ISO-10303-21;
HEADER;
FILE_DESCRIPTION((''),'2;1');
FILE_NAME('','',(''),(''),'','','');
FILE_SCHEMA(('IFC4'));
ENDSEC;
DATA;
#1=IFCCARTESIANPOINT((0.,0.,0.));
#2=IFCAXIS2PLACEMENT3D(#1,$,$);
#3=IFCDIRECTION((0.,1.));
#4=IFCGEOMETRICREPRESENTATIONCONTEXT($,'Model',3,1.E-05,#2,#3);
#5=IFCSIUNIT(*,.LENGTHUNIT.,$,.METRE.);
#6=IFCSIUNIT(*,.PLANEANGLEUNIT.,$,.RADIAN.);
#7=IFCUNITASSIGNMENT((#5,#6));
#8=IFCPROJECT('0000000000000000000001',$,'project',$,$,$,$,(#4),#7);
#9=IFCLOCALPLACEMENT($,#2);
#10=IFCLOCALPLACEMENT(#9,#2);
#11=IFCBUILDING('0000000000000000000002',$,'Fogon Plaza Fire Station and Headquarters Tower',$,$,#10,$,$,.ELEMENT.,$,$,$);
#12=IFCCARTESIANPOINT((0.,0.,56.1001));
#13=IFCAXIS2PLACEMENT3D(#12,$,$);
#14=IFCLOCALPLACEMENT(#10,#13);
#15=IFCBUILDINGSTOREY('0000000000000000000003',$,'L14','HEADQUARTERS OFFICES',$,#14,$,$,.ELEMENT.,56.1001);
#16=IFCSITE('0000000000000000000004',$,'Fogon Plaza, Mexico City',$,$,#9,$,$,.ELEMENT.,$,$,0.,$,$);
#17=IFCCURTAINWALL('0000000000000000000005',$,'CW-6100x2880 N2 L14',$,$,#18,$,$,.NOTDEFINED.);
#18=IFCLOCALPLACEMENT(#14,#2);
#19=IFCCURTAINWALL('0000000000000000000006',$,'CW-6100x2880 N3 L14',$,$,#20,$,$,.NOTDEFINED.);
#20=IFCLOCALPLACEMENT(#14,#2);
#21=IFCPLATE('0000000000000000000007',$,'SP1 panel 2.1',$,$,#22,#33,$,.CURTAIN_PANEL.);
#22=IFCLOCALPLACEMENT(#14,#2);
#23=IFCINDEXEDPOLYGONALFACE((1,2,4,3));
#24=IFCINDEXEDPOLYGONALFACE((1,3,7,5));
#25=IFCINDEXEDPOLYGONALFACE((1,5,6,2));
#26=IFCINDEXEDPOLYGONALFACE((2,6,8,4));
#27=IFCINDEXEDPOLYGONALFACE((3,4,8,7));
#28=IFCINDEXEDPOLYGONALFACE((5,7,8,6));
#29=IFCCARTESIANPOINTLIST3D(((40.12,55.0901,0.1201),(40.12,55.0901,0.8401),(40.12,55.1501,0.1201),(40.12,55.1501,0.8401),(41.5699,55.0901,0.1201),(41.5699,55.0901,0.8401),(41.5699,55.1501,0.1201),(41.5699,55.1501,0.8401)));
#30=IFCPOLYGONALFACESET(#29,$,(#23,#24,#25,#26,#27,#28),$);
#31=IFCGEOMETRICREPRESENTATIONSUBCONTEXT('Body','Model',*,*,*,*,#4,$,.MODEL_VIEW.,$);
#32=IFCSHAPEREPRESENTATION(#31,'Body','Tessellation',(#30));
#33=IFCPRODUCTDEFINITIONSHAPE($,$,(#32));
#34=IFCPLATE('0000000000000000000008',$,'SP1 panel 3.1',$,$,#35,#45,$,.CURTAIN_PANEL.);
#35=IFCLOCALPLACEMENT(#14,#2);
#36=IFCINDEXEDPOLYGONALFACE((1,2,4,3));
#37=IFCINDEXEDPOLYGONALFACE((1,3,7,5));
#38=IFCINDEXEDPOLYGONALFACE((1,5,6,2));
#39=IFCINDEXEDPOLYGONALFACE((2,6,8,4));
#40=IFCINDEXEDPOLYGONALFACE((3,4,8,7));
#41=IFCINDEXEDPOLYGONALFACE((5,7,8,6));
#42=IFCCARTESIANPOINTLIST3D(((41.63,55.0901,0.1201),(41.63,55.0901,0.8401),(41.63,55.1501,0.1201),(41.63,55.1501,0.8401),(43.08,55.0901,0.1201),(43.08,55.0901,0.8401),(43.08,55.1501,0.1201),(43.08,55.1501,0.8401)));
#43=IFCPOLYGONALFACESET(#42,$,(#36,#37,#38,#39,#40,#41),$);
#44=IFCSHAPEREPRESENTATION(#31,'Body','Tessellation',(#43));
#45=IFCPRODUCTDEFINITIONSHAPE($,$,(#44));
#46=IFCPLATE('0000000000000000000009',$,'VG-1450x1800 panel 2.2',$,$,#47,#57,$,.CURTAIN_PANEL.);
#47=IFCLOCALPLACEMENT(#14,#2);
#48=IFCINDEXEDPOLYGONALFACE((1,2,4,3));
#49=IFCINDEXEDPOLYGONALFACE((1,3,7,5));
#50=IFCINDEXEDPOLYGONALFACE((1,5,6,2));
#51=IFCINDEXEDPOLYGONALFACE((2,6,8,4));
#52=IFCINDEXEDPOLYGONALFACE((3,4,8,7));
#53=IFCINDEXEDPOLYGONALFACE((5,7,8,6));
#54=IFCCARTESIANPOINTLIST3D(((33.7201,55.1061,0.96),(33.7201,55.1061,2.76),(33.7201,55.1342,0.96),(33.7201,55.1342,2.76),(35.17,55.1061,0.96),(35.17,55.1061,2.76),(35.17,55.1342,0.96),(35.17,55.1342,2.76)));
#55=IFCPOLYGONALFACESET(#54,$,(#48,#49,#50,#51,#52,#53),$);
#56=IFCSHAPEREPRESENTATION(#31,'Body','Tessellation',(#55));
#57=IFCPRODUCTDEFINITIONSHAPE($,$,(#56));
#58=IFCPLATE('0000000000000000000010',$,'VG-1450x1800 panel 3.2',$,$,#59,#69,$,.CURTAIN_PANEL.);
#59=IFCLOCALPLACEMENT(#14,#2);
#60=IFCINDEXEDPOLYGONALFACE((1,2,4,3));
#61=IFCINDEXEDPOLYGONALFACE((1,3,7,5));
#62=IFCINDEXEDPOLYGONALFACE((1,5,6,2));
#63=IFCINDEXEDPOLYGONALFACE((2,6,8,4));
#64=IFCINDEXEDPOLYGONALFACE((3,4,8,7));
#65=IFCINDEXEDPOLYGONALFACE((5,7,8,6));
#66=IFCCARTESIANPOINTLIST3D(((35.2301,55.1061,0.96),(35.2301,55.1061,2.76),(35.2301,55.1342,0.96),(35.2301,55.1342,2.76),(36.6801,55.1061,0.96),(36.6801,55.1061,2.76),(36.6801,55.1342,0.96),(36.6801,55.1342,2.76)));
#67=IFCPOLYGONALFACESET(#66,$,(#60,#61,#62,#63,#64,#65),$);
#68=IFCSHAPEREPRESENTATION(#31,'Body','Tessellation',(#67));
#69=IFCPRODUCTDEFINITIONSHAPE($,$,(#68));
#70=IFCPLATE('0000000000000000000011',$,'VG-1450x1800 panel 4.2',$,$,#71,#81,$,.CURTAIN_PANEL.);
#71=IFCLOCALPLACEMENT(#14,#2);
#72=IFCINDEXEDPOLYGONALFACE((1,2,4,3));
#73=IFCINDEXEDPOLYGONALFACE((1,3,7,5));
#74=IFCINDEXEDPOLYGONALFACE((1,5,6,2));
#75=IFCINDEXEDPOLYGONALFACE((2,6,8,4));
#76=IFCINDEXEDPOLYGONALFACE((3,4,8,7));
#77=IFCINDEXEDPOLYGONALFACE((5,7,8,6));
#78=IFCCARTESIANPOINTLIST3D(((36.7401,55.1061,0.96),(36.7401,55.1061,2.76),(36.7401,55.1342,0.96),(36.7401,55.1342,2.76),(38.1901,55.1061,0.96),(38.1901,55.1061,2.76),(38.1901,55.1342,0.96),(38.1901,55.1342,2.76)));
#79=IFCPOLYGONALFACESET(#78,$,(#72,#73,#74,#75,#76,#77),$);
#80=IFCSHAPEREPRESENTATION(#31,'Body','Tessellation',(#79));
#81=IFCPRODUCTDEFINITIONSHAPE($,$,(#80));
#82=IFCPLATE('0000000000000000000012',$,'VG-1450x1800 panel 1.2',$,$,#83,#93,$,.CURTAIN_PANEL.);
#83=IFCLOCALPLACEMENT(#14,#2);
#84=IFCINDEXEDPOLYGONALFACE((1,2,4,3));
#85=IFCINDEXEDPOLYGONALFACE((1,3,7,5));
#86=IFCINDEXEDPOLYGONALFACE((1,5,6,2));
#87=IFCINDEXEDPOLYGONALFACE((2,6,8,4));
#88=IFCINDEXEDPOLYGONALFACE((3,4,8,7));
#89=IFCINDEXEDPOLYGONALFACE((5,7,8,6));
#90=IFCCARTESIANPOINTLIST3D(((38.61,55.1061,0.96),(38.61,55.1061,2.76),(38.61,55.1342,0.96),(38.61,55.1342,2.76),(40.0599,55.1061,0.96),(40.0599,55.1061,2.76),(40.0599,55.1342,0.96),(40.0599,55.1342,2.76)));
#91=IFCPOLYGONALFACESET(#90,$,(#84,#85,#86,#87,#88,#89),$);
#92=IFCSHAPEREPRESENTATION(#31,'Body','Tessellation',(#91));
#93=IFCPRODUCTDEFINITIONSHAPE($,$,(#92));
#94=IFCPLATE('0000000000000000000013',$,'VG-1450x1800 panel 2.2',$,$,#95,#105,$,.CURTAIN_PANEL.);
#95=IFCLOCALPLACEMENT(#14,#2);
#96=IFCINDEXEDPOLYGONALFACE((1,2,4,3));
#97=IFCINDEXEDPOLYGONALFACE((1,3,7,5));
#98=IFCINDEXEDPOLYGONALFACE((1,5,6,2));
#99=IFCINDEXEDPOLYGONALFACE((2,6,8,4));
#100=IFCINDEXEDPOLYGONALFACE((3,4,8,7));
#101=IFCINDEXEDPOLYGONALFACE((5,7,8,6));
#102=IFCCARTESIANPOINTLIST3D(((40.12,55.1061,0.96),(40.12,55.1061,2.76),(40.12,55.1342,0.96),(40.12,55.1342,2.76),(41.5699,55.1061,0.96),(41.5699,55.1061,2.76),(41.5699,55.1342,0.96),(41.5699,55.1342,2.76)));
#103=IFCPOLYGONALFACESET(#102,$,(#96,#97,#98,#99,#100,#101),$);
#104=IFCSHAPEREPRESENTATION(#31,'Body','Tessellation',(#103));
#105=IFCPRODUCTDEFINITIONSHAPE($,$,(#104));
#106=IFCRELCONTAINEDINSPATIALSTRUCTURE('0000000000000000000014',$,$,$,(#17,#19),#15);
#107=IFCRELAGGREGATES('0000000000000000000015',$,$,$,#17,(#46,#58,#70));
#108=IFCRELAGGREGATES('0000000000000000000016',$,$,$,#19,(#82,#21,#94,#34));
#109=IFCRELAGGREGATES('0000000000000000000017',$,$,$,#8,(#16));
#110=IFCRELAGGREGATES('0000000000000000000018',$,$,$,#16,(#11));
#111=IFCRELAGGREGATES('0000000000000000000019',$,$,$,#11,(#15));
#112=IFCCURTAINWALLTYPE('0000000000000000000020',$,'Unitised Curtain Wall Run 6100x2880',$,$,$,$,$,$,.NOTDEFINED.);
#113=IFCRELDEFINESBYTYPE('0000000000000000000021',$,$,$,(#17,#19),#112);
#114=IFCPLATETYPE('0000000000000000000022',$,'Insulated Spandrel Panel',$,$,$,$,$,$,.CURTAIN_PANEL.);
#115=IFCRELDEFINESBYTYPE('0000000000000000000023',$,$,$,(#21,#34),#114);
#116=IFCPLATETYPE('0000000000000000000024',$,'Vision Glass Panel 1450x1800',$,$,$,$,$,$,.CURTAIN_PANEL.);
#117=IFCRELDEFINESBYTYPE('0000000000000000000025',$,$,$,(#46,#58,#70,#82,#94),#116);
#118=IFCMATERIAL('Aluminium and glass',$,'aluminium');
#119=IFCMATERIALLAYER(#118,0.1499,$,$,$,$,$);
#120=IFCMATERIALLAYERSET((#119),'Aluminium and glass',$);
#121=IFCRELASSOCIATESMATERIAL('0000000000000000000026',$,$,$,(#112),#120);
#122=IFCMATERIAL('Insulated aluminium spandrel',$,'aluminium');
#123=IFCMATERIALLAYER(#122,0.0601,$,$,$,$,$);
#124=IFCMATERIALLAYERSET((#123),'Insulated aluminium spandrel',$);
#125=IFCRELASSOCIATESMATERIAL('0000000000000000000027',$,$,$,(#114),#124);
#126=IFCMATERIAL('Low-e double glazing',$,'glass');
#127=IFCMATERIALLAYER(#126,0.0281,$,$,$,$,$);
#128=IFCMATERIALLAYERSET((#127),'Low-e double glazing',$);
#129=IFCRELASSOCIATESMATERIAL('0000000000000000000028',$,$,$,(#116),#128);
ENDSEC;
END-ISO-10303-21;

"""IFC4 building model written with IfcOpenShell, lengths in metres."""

from ifc_helpers import new_model, si_unit, direction, frame, origin, origin_2d, place, context, subcontext, project, spatial, rectangle, extrude, material, layer, layer_set, type_object, element, aggregate, save


model = new_model("IFC4")

# Units and contexts
model_context = context("Model", 3, precision=1e-05, world=origin(), true_north=direction((0.0, 1.0)))
body_context = subcontext(model_context, "Body", "Model", "MODEL_VIEW")
ifc_project = project(units=[si_unit("LENGTHUNIT", "METRE"), si_unit("PLANEANGLEUNIT", "RADIAN")], contexts=[model_context])

# Site, building, storey
site_placement = place(None, origin())
site = spatial("IfcSite", under=ifc_project, at=site_placement, Name="Fogon Plaza, Mexico City", CompositionType="ELEMENT", RefElevation=0.0)
building_placement = place(site_placement, origin())
building = spatial("IfcBuilding", under=site, at=building_placement, Name="Fogon Plaza Fire Station and Headquarters Tower", CompositionType="ELEMENT")
storey_placement = place(building_placement, frame((0.0, 0.0, 56.1001)))
storey = spatial("IfcBuildingStorey", under=building, at=storey_placement, Name="L14", Description="HEADQUARTERS OFFICES", CompositionType="ELEMENT", Elevation=56.1001)

# Curtain walls
ifc_material_1 = material(Name="Aluminium and glass", Category="aluminium")
ifc_layer_1 = layer(ifc_material_1, 0.1499)
ifc_layer_set_1 = layer_set([ifc_layer_1], Name="Aluminium and glass")
curtain_wall_type = type_object("IfcCurtainWallType", Name="Unitised Curtain Wall Run 6100x2880", PredefinedType="NOTDEFINED", material=ifc_layer_set_1)
curtain_wall_1_placement = place(storey_placement, origin())
curtain_wall_1 = element("IfcCurtainWall", 1, at=curtain_wall_1_placement, inside=storey, type_object=curtain_wall_type, Name="CW-6100x2880 N2 L14", PredefinedType="NOTDEFINED")
curtain_wall_2_placement = place(storey_placement, origin())
curtain_wall_2 = element("IfcCurtainWall", 2, at=curtain_wall_2_placement, inside=storey, type_object=curtain_wall_type, Name="CW-6100x2880 N3 L14", PredefinedType="NOTDEFINED")

# Plates
ifc_material_2 = material(Name="Insulated aluminium spandrel", Category="aluminium")
ifc_layer_2 = layer(ifc_material_2, 0.0601)
ifc_layer_set_2 = layer_set([ifc_layer_2], Name="Insulated aluminium spandrel")
plate_type_1 = type_object("IfcPlateType", Name="Insulated Spandrel Panel", PredefinedType="CURTAIN_PANEL", material=ifc_layer_set_2)
plate_1_placement = place(storey_placement, frame((40.845, 55.1201, 0.1201), z_axis=(0.0, 0.0, 1.0), x_axis=(1.0, 0.0, 0.0)))
plate_1 = element("IfcPlate", 3, at=plate_1_placement, type_object=plate_type_1, Name="SP1 panel 2.1", PredefinedType="CURTAIN_PANEL", context=body_context, shape_type="SweptSolid", body=[
    extrude(rectangle(XDim=1.45, YDim=0.0601, at=origin_2d()), origin(), (0.0, 0.0, 1.0), 0.72),
])
plate_2_placement = place(storey_placement, frame((42.355, 55.1201, 0.1201), z_axis=(0.0, 0.0, 1.0), x_axis=(1.0, 0.0, 0.0)))
plate_2 = element("IfcPlate", 4, at=plate_2_placement, type_object=plate_type_1, Name="SP1 panel 3.1", PredefinedType="CURTAIN_PANEL", context=body_context, shape_type="SweptSolid", body=[
    extrude(rectangle(XDim=1.45, YDim=0.0601, at=origin_2d()), origin(), (0.0, 0.0, 1.0), 0.72),
])
ifc_material_3 = material(Name="Low-e double glazing", Category="glass")
ifc_layer_3 = layer(ifc_material_3, 0.0281)
ifc_layer_set_3 = layer_set([ifc_layer_3], Name="Low-e double glazing")
plate_type_2 = type_object("IfcPlateType", Name="Vision Glass Panel 1450x1800", PredefinedType="CURTAIN_PANEL", material=ifc_layer_set_3)
plate_3_placement = place(storey_placement, frame((34.4451, 55.1201, 0.96), z_axis=(0.0, 0.0, 1.0), x_axis=(1.0, 0.0, 0.0)))
plate_3 = element("IfcPlate", 5, at=plate_3_placement, type_object=plate_type_2, Name="VG-1450x1800 panel 2.2", PredefinedType="CURTAIN_PANEL", context=body_context, shape_type="SweptSolid", body=[
    extrude(rectangle(XDim=1.45, YDim=0.0281, at=origin_2d()), origin(), (0.0, 0.0, 1.0), 1.8),
])
plate_4_placement = place(storey_placement, frame((35.9551, 55.1201, 0.96), z_axis=(0.0, 0.0, 1.0), x_axis=(1.0, 0.0, 0.0)))
plate_4 = element("IfcPlate", 6, at=plate_4_placement, type_object=plate_type_2, Name="VG-1450x1800 panel 3.2", PredefinedType="CURTAIN_PANEL", context=body_context, shape_type="SweptSolid", body=[
    extrude(rectangle(XDim=1.45, YDim=0.0281, at=origin_2d()), origin(), (0.0, 0.0, 1.0), 1.8),
])
plate_5_placement = place(storey_placement, frame((37.4651, 55.1201, 0.96), z_axis=(0.0, 0.0, 1.0), x_axis=(1.0, 0.0, 0.0)))
plate_5 = element("IfcPlate", 7, at=plate_5_placement, type_object=plate_type_2, Name="VG-1450x1800 panel 4.2", PredefinedType="CURTAIN_PANEL", context=body_context, shape_type="SweptSolid", body=[
    extrude(rectangle(XDim=1.45, YDim=0.0281, at=origin_2d()), origin(), (0.0, 0.0, 1.0), 1.8),
])
aggregate(curtain_wall_1, [plate_3, plate_4, plate_5])
plate_6_placement = place(storey_placement, frame((39.335, 55.1201, 0.96), z_axis=(0.0, 0.0, 1.0), x_axis=(1.0, 0.0, 0.0)))
plate_6 = element("IfcPlate", 8, at=plate_6_placement, type_object=plate_type_2, Name="VG-1450x1800 panel 1.2", PredefinedType="CURTAIN_PANEL", context=body_context, shape_type="SweptSolid", body=[
    extrude(rectangle(XDim=1.45, YDim=0.0281, at=origin_2d()), origin(), (0.0, 0.0, 1.0), 1.8),
])
plate_7_placement = place(storey_placement, frame((40.845, 55.1201, 0.96), z_axis=(0.0, 0.0, 1.0), x_axis=(1.0, 0.0, 0.0)))
plate_7 = element("IfcPlate", 9, at=plate_7_placement, type_object=plate_type_2, Name="VG-1450x1800 panel 2.2", PredefinedType="CURTAIN_PANEL", context=body_context, shape_type="SweptSolid", body=[
    extrude(rectangle(XDim=1.45, YDim=0.0281, at=origin_2d()), origin(), (0.0, 0.0, 1.0), 1.8),
])
aggregate(curtain_wall_2, [plate_6, plate_1, plate_7, plate_2])

save(model, "model.ifc")
